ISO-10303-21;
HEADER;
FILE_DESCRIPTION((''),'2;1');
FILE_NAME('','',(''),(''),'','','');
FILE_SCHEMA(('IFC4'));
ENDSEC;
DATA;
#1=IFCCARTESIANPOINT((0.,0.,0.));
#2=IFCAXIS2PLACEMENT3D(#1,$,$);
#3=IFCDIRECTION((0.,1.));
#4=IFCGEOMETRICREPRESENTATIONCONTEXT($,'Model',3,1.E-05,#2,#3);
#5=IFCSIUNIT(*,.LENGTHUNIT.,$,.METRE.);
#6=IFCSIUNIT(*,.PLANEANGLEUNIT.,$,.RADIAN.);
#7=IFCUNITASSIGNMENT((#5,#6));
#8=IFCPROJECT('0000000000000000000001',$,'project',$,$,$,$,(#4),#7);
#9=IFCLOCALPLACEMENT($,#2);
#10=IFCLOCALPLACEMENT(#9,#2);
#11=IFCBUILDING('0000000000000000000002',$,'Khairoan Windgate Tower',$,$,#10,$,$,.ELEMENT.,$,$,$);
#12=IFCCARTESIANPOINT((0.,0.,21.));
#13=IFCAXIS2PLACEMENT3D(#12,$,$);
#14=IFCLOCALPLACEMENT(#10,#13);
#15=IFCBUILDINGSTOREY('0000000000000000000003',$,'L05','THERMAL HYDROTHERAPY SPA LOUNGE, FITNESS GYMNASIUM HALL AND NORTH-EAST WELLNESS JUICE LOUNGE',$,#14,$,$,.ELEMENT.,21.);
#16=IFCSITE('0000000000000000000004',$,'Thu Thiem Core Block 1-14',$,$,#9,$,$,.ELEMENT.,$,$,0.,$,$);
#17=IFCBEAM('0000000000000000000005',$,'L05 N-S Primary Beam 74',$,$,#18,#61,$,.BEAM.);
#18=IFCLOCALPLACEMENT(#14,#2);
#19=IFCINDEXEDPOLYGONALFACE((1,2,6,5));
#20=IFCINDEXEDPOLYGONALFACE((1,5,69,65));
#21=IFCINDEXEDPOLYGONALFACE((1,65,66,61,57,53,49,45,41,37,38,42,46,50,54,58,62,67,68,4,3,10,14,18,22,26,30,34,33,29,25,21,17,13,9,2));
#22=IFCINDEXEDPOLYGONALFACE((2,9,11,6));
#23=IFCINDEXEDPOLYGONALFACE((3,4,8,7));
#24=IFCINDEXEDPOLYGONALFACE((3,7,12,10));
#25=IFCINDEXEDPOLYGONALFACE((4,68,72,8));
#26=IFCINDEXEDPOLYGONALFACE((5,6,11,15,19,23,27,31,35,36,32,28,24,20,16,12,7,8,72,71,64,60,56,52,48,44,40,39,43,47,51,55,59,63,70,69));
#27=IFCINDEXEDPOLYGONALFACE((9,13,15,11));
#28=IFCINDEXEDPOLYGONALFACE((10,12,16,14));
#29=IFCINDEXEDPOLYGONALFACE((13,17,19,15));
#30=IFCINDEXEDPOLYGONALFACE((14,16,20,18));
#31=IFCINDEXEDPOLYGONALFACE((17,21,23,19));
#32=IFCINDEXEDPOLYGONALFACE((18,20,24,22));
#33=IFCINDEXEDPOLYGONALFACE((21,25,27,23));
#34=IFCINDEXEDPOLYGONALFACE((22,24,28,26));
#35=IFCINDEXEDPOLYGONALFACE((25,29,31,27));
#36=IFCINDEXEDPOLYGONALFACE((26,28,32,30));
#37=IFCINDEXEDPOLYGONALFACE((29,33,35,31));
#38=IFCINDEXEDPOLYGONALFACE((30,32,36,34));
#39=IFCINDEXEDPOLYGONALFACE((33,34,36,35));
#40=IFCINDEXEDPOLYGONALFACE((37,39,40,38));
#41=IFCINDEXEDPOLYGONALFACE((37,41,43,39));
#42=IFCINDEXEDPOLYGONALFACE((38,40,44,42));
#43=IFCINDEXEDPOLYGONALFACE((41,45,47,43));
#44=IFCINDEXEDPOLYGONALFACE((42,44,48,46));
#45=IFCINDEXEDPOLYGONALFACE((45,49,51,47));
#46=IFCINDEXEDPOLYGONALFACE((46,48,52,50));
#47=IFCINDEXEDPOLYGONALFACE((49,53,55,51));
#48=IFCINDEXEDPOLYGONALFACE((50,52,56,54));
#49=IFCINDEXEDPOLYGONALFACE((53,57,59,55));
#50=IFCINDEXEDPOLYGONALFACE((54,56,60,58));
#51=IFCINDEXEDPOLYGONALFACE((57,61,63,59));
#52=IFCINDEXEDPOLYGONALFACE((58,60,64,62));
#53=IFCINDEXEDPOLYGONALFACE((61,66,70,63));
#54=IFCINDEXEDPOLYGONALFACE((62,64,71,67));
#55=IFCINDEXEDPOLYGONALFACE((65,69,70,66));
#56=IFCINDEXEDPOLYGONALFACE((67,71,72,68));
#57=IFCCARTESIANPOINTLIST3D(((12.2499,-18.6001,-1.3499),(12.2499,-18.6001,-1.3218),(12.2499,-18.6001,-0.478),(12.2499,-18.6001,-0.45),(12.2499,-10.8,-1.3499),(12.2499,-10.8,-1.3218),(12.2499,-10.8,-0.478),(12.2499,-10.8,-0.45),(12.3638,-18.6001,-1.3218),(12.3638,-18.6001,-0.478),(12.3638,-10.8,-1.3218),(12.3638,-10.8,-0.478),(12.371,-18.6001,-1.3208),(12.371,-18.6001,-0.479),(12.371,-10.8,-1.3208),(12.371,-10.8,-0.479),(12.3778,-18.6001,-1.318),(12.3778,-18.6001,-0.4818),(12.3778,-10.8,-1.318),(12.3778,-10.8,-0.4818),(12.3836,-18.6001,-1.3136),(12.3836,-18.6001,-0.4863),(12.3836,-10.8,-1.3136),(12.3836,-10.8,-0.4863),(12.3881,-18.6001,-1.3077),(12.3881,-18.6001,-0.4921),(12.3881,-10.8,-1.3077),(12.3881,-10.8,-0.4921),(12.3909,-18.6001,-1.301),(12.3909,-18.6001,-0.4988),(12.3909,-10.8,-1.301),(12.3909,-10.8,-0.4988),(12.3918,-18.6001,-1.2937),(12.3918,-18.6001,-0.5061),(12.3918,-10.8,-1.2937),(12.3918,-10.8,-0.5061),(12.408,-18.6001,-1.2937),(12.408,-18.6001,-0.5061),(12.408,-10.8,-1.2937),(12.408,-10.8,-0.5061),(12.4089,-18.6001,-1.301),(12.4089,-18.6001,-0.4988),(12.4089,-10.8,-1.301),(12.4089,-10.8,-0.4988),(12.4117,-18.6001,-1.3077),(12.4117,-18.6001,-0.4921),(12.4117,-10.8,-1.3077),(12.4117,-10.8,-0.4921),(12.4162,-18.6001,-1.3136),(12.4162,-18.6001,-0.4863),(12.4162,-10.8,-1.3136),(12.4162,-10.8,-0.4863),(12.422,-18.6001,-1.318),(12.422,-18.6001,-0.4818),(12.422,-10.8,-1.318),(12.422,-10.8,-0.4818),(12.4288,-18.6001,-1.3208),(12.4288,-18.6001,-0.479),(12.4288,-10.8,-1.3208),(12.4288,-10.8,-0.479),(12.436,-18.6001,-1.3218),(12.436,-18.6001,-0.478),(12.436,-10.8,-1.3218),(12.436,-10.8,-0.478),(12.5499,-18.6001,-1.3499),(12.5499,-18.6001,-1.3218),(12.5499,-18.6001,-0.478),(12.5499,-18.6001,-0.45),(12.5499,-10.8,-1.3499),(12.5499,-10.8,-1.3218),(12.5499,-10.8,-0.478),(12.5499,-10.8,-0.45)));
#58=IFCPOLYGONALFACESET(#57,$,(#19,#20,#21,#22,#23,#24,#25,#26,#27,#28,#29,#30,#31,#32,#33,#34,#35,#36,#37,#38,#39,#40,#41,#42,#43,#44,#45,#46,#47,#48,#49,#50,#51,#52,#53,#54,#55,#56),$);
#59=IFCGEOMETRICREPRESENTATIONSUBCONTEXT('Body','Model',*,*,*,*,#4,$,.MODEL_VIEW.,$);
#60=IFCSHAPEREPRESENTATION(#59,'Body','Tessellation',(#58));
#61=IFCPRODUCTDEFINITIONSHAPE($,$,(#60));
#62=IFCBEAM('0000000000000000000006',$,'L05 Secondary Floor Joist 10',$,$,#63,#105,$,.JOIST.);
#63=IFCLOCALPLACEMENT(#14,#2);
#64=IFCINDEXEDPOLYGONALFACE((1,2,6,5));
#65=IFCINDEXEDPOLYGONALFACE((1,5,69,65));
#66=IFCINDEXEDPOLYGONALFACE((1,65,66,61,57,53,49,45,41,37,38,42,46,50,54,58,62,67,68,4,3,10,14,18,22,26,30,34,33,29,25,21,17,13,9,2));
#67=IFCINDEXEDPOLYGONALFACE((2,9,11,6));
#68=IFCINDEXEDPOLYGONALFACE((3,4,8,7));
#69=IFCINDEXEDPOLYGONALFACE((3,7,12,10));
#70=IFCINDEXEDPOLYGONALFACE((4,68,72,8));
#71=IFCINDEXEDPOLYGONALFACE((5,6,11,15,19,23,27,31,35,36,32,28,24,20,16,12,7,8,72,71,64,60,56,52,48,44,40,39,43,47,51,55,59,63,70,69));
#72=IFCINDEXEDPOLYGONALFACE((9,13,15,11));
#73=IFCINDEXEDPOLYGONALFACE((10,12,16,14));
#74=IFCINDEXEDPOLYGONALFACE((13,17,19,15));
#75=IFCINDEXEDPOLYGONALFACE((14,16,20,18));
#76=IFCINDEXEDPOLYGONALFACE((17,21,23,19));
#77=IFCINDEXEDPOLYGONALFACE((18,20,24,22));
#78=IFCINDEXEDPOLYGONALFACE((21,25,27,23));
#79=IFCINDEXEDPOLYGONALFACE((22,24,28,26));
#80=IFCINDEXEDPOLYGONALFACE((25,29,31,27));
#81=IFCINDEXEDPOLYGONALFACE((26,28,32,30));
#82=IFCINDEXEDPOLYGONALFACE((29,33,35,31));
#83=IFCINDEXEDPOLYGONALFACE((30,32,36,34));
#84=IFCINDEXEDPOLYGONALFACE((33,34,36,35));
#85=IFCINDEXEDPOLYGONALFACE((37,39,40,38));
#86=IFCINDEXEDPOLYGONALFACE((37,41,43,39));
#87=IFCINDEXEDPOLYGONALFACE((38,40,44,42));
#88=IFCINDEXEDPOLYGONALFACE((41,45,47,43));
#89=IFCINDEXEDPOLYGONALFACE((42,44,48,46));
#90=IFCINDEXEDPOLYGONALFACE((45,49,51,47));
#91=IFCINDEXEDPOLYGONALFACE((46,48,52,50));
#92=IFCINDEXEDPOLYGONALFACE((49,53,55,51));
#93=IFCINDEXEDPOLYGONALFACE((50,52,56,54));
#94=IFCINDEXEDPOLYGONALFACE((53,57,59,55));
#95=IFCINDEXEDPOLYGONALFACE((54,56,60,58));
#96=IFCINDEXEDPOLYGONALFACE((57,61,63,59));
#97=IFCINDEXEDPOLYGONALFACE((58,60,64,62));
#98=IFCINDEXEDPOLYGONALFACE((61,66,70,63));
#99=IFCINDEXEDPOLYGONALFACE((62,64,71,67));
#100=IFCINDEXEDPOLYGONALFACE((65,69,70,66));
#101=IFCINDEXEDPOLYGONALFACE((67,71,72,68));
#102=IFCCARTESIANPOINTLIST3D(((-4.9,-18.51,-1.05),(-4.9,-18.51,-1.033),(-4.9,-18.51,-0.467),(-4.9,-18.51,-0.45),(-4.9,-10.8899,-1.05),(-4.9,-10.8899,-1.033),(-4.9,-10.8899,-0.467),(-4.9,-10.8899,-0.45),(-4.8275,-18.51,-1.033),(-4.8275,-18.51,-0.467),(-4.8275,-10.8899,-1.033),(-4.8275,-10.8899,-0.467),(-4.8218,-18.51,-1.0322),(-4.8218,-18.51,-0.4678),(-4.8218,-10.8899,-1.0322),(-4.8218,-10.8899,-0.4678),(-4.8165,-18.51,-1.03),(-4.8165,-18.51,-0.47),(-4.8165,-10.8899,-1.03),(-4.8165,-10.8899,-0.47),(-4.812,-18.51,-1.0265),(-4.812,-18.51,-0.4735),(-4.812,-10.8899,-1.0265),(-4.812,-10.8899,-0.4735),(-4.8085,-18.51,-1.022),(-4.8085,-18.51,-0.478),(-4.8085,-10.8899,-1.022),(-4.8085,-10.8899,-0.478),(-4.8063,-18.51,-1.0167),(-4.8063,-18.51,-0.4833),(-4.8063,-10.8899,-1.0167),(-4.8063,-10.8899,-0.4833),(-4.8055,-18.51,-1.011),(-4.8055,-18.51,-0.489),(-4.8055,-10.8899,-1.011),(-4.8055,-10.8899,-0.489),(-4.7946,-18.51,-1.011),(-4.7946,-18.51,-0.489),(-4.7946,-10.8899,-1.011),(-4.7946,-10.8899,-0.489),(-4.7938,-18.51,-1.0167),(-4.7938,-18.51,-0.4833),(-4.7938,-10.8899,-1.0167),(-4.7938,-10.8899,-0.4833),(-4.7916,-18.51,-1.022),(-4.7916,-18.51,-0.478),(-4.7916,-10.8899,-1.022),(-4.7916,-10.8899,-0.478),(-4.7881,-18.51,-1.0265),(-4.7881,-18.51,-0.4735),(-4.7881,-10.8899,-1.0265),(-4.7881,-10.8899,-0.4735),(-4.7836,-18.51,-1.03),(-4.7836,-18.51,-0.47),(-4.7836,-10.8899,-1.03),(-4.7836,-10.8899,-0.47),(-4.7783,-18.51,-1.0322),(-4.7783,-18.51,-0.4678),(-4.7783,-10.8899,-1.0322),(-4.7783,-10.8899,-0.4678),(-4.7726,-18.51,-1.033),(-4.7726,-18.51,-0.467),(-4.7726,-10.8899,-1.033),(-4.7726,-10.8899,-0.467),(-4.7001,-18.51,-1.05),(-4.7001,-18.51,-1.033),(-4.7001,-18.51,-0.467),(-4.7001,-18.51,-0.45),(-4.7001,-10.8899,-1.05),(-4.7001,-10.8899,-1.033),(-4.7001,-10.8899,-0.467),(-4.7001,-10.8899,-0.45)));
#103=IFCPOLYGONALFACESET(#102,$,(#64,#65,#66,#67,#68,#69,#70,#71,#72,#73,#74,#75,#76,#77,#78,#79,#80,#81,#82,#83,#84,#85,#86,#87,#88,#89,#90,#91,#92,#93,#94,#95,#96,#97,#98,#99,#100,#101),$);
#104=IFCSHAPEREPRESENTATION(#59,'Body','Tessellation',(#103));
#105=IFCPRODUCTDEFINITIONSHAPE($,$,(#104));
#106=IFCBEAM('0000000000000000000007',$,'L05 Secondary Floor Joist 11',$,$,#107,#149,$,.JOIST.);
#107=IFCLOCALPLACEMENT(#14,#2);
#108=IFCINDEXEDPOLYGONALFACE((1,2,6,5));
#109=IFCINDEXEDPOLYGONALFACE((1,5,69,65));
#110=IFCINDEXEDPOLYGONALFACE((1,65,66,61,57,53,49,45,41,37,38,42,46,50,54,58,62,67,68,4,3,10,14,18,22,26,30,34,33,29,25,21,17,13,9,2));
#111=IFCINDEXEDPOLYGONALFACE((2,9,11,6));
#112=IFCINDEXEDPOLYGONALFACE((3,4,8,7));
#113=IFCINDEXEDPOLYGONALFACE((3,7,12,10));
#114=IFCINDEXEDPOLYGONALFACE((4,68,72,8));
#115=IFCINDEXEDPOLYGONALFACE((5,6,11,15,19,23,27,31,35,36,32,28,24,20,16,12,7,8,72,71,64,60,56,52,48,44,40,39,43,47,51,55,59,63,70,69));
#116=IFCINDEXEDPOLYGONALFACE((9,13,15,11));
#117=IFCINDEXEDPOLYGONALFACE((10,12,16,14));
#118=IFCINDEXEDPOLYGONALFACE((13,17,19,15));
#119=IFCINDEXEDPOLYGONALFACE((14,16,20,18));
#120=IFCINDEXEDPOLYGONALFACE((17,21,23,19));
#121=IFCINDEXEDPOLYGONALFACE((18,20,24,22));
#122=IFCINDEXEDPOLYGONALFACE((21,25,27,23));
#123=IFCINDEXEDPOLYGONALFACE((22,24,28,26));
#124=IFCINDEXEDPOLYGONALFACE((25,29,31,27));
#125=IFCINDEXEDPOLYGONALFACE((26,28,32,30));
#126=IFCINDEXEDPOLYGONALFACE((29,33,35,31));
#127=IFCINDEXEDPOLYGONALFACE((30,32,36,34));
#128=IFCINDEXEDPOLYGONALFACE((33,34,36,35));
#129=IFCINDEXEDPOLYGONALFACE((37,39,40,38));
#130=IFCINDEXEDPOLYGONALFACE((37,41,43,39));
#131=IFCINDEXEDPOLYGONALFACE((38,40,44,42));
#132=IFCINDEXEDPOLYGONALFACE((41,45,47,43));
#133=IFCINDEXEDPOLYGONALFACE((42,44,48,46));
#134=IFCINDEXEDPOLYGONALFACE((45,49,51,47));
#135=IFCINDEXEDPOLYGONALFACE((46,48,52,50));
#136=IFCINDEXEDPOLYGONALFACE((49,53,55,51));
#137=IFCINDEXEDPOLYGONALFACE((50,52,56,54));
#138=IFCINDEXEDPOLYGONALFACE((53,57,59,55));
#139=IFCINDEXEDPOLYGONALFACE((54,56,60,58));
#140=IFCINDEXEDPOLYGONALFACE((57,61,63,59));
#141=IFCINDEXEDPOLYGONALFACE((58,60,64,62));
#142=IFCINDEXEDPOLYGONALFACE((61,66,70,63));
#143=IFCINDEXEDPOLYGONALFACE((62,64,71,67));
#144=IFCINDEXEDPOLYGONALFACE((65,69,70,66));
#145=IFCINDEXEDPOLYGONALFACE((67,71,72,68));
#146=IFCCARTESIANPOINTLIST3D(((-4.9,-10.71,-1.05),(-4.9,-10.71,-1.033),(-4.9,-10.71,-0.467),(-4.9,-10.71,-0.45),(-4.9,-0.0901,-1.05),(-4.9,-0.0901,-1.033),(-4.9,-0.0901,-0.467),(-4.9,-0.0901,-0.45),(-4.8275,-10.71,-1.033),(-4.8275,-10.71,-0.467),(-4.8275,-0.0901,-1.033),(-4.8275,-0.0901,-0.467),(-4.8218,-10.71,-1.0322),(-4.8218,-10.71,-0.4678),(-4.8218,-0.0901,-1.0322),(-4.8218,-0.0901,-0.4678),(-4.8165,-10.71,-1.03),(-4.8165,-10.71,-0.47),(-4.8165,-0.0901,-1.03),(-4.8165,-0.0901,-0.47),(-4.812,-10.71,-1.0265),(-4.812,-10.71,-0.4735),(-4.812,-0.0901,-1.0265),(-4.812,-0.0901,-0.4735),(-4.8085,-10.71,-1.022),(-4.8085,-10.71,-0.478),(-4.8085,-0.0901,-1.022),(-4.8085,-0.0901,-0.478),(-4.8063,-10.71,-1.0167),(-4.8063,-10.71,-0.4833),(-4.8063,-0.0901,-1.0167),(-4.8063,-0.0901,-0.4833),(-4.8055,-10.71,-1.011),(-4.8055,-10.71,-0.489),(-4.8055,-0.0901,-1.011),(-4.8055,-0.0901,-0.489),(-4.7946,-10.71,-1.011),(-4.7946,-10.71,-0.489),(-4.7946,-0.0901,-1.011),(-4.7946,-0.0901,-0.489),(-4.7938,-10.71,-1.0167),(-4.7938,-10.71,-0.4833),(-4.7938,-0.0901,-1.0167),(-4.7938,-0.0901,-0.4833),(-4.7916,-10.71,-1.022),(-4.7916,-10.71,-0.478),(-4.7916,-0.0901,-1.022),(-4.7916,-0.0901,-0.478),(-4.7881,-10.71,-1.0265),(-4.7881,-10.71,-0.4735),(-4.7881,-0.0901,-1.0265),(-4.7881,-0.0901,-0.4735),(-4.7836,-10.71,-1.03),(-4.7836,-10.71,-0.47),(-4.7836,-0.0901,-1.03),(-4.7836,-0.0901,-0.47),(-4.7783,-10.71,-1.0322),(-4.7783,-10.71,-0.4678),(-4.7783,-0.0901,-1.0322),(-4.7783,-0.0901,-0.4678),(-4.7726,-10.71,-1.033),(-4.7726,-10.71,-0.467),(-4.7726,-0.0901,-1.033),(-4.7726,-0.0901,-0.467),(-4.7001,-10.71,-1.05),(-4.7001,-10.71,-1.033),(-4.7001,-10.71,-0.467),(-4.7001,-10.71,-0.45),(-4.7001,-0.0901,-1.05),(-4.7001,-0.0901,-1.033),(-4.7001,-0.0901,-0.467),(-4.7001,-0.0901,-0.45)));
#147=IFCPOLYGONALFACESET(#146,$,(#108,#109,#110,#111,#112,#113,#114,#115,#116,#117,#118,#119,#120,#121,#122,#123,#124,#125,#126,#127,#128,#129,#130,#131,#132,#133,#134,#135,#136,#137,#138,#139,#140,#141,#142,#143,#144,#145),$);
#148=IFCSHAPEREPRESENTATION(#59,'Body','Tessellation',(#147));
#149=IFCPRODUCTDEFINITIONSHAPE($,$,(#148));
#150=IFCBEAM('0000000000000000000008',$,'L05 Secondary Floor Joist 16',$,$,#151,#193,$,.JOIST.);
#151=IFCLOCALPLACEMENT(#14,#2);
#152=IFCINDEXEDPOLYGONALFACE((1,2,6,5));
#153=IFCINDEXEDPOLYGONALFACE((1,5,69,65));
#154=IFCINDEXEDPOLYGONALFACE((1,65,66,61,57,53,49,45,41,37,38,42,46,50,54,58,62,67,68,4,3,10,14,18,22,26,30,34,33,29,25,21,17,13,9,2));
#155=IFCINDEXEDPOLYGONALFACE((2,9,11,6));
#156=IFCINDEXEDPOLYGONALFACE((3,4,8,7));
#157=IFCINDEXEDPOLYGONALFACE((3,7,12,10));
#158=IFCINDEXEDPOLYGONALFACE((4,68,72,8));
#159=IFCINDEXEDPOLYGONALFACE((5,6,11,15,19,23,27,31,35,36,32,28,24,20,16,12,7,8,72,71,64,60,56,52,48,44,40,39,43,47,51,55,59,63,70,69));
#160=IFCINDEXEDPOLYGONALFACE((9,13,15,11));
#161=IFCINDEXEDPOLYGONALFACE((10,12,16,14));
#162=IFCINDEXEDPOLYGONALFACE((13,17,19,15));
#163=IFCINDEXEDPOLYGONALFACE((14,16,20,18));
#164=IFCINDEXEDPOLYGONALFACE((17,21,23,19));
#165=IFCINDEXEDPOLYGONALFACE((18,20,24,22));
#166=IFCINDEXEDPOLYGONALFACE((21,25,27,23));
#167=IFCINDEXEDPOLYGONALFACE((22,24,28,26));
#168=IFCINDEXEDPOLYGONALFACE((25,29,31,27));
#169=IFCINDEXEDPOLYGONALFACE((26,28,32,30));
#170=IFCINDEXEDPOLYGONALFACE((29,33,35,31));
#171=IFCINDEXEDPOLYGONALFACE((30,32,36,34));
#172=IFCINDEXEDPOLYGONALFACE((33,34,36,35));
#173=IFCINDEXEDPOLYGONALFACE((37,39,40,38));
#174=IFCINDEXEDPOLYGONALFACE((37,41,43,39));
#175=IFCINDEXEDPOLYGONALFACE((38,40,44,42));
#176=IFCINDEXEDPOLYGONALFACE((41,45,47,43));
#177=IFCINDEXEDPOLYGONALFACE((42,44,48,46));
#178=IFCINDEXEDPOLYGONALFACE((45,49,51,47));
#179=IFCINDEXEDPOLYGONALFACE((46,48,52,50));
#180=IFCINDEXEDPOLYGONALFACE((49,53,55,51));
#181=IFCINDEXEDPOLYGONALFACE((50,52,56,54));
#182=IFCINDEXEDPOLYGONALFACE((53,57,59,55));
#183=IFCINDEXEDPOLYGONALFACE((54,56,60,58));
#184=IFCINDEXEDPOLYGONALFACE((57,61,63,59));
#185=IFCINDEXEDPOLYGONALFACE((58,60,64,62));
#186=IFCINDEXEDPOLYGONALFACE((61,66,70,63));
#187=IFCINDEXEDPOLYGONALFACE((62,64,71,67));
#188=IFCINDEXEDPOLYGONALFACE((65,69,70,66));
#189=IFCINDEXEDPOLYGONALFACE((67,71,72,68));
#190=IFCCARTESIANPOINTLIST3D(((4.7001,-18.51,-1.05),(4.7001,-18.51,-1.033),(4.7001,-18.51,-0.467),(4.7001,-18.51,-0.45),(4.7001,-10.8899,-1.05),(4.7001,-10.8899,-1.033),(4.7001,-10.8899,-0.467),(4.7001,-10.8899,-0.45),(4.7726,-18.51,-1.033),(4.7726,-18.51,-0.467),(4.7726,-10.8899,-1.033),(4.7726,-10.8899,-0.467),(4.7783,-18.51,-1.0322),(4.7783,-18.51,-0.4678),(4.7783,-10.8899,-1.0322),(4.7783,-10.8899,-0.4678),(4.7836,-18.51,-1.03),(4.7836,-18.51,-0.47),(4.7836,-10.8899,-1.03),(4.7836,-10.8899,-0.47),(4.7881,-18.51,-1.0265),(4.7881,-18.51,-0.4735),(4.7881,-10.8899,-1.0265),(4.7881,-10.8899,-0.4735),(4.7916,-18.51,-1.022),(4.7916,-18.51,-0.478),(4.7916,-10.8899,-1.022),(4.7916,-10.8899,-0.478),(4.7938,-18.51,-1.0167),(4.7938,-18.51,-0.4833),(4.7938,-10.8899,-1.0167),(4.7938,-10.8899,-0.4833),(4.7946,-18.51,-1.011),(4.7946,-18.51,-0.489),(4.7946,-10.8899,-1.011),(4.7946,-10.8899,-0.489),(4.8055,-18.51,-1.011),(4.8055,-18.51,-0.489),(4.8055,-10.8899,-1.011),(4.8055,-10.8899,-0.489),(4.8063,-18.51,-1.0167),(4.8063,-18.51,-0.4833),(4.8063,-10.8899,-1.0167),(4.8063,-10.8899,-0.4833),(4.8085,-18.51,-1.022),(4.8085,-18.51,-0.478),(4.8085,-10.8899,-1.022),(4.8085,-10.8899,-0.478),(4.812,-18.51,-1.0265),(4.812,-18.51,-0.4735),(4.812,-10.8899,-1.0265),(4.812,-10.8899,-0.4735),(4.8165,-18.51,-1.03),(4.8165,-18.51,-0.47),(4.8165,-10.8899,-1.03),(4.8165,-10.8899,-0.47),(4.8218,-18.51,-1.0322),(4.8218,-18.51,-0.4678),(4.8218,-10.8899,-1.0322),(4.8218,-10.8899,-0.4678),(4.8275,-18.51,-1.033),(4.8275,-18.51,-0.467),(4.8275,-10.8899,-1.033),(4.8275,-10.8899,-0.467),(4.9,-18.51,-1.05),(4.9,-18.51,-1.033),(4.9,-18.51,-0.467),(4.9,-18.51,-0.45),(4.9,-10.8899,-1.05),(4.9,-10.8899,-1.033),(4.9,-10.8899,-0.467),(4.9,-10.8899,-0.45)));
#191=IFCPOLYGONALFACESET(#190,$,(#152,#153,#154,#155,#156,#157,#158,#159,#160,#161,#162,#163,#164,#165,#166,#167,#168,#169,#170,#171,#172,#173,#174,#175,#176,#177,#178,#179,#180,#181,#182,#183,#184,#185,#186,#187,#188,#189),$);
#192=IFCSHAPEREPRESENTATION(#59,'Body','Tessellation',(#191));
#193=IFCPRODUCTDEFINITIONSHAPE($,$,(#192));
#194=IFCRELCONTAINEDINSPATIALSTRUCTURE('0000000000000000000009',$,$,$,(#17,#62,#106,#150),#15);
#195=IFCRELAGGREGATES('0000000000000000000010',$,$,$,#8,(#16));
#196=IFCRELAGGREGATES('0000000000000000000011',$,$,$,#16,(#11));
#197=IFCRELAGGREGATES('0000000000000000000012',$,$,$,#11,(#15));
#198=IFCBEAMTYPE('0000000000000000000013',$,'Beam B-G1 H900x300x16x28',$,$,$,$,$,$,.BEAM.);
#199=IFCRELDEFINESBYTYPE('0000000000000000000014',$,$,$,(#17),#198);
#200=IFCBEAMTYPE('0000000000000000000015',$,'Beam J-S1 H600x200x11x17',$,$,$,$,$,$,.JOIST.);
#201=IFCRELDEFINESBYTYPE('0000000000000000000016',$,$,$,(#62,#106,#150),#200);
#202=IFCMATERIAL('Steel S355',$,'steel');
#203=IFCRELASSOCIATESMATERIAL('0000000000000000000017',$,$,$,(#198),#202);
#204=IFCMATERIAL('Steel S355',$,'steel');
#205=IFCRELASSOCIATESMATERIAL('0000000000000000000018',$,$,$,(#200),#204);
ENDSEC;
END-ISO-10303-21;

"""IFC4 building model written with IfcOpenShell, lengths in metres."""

from ifc_helpers import new_model, si_unit, direction, frame, origin, origin_2d, place, context, subcontext, project, spatial, i_section, extrude, material, material_profile, profile_set, type_object, element, save


model = new_model("IFC4")

# Units and contexts
model_context = context("Model", 3, precision=1e-05, world=origin(), true_north=direction((0.0, 1.0)))
body_context = subcontext(model_context, "Body", "Model", "MODEL_VIEW")
ifc_project = project(units=[si_unit("LENGTHUNIT", "METRE"), si_unit("PLANEANGLEUNIT", "RADIAN")], contexts=[model_context])

# Site, building, storey
site_placement = place(None, origin())
site = spatial("IfcSite", under=ifc_project, at=site_placement, Name="Thu Thiem Core Block 1-14", CompositionType="ELEMENT", RefElevation=0.0)
building_placement = place(site_placement, origin())
building = spatial("IfcBuilding", under=site, at=building_placement, Name="Khairoan Windgate Tower", CompositionType="ELEMENT")
storey_placement = place(building_placement, frame((0.0, 0.0, 21.0)))
storey = spatial("IfcBuildingStorey", under=building, at=storey_placement, Name="L05", Description="THERMAL HYDROTHERAPY SPA LOUNGE, FITNESS GYMNASIUM HALL AND NORTH-EAST WELLNESS JUICE LOUNGE", CompositionType="ELEMENT", Elevation=21.0)

# Beams
ifc_material_1 = material(Name="Steel S355", Category="steel")
ifc_material_profile_1 = material_profile(ifc_material_1, i_section(OverallWidth=0.3, OverallDepth=0.8999, WebThickness=0.0161, FlangeThickness=0.0281, FilletRadius=0.0281, at=origin_2d()))
ifc_profile_set_1 = profile_set([ifc_material_profile_1], Name="Steel S355")
beam_type_1 = type_object("IfcBeamType", Name="Beam B-G1 H900x300x16x28", PredefinedType="BEAM", material=ifc_profile_set_1)
beam_1_placement = place(storey_placement, frame((12.3999, -18.6001, -0.8999), z_axis=(0.0, 1.0, 0.0), x_axis=(-1.0, 0.0, 0.0)))
element("IfcBeam", 1, at=beam_1_placement, inside=storey, type_object=beam_type_1, Name="L05 N-S Primary Beam 74", PredefinedType="BEAM", context=body_context, shape_type="SweptSolid", body=[
    extrude(i_section(OverallWidth=0.3, OverallDepth=0.8999, WebThickness=0.0161, FlangeThickness=0.0281, FilletRadius=0.0281, at=origin_2d()), origin(), (0.0, 0.0, 1.0), 7.8),
])
ifc_material_2 = material(Name="Steel S355", Category="steel")
ifc_material_profile_2 = material_profile(ifc_material_2, i_section(OverallWidth=0.2, OverallDepth=0.6001, WebThickness=0.011, FlangeThickness=0.0171, FilletRadius=0.022, at=origin_2d()))
ifc_profile_set_2 = profile_set([ifc_material_profile_2], Name="Steel S355")
beam_type_2 = type_object("IfcBeamType", Name="Beam J-S1 H600x200x11x17", PredefinedType="JOIST", material=ifc_profile_set_2)
beam_2_placement = place(storey_placement, frame((-4.8, -18.51, -0.75), z_axis=(0.0, 1.0, 0.0), x_axis=(-1.0, 0.0, 0.0)))
element("IfcBeam", 2, at=beam_2_placement, inside=storey, type_object=beam_type_2, Name="L05 Secondary Floor Joist 10", PredefinedType="JOIST", context=body_context, shape_type="SweptSolid", body=[
    extrude(i_section(OverallWidth=0.2, OverallDepth=0.6001, WebThickness=0.011, FlangeThickness=0.0171, FilletRadius=0.022, at=origin_2d()), origin(), (0.0, 0.0, 1.0), 7.6201),
])
beam_3_placement = place(storey_placement, frame((-4.8, -10.71, -0.75), z_axis=(0.0, 1.0, 0.0), x_axis=(-1.0, 0.0, 0.0)))
element("IfcBeam", 3, at=beam_3_placement, inside=storey, type_object=beam_type_2, Name="L05 Secondary Floor Joist 11", PredefinedType="JOIST", context=body_context, shape_type="SweptSolid", body=[
    extrude(i_section(OverallWidth=0.2, OverallDepth=0.6001, WebThickness=0.011, FlangeThickness=0.0171, FilletRadius=0.022, at=origin_2d()), origin(), (0.0, 0.0, 1.0), 10.6199),
])
beam_4_placement = place(storey_placement, frame((4.8, -18.51, -0.75), z_axis=(0.0, 1.0, 0.0), x_axis=(-1.0, 0.0, 0.0)))
element("IfcBeam", 4, at=beam_4_placement, inside=storey, type_object=beam_type_2, Name="L05 Secondary Floor Joist 16", PredefinedType="JOIST", context=body_context, shape_type="SweptSolid", body=[
    extrude(i_section(OverallWidth=0.2, OverallDepth=0.6001, WebThickness=0.011, FlangeThickness=0.0171, FilletRadius=0.022, at=origin_2d()), origin(), (0.0, 0.0, 1.0), 7.6201),
])

save(model, "model.ifc")
